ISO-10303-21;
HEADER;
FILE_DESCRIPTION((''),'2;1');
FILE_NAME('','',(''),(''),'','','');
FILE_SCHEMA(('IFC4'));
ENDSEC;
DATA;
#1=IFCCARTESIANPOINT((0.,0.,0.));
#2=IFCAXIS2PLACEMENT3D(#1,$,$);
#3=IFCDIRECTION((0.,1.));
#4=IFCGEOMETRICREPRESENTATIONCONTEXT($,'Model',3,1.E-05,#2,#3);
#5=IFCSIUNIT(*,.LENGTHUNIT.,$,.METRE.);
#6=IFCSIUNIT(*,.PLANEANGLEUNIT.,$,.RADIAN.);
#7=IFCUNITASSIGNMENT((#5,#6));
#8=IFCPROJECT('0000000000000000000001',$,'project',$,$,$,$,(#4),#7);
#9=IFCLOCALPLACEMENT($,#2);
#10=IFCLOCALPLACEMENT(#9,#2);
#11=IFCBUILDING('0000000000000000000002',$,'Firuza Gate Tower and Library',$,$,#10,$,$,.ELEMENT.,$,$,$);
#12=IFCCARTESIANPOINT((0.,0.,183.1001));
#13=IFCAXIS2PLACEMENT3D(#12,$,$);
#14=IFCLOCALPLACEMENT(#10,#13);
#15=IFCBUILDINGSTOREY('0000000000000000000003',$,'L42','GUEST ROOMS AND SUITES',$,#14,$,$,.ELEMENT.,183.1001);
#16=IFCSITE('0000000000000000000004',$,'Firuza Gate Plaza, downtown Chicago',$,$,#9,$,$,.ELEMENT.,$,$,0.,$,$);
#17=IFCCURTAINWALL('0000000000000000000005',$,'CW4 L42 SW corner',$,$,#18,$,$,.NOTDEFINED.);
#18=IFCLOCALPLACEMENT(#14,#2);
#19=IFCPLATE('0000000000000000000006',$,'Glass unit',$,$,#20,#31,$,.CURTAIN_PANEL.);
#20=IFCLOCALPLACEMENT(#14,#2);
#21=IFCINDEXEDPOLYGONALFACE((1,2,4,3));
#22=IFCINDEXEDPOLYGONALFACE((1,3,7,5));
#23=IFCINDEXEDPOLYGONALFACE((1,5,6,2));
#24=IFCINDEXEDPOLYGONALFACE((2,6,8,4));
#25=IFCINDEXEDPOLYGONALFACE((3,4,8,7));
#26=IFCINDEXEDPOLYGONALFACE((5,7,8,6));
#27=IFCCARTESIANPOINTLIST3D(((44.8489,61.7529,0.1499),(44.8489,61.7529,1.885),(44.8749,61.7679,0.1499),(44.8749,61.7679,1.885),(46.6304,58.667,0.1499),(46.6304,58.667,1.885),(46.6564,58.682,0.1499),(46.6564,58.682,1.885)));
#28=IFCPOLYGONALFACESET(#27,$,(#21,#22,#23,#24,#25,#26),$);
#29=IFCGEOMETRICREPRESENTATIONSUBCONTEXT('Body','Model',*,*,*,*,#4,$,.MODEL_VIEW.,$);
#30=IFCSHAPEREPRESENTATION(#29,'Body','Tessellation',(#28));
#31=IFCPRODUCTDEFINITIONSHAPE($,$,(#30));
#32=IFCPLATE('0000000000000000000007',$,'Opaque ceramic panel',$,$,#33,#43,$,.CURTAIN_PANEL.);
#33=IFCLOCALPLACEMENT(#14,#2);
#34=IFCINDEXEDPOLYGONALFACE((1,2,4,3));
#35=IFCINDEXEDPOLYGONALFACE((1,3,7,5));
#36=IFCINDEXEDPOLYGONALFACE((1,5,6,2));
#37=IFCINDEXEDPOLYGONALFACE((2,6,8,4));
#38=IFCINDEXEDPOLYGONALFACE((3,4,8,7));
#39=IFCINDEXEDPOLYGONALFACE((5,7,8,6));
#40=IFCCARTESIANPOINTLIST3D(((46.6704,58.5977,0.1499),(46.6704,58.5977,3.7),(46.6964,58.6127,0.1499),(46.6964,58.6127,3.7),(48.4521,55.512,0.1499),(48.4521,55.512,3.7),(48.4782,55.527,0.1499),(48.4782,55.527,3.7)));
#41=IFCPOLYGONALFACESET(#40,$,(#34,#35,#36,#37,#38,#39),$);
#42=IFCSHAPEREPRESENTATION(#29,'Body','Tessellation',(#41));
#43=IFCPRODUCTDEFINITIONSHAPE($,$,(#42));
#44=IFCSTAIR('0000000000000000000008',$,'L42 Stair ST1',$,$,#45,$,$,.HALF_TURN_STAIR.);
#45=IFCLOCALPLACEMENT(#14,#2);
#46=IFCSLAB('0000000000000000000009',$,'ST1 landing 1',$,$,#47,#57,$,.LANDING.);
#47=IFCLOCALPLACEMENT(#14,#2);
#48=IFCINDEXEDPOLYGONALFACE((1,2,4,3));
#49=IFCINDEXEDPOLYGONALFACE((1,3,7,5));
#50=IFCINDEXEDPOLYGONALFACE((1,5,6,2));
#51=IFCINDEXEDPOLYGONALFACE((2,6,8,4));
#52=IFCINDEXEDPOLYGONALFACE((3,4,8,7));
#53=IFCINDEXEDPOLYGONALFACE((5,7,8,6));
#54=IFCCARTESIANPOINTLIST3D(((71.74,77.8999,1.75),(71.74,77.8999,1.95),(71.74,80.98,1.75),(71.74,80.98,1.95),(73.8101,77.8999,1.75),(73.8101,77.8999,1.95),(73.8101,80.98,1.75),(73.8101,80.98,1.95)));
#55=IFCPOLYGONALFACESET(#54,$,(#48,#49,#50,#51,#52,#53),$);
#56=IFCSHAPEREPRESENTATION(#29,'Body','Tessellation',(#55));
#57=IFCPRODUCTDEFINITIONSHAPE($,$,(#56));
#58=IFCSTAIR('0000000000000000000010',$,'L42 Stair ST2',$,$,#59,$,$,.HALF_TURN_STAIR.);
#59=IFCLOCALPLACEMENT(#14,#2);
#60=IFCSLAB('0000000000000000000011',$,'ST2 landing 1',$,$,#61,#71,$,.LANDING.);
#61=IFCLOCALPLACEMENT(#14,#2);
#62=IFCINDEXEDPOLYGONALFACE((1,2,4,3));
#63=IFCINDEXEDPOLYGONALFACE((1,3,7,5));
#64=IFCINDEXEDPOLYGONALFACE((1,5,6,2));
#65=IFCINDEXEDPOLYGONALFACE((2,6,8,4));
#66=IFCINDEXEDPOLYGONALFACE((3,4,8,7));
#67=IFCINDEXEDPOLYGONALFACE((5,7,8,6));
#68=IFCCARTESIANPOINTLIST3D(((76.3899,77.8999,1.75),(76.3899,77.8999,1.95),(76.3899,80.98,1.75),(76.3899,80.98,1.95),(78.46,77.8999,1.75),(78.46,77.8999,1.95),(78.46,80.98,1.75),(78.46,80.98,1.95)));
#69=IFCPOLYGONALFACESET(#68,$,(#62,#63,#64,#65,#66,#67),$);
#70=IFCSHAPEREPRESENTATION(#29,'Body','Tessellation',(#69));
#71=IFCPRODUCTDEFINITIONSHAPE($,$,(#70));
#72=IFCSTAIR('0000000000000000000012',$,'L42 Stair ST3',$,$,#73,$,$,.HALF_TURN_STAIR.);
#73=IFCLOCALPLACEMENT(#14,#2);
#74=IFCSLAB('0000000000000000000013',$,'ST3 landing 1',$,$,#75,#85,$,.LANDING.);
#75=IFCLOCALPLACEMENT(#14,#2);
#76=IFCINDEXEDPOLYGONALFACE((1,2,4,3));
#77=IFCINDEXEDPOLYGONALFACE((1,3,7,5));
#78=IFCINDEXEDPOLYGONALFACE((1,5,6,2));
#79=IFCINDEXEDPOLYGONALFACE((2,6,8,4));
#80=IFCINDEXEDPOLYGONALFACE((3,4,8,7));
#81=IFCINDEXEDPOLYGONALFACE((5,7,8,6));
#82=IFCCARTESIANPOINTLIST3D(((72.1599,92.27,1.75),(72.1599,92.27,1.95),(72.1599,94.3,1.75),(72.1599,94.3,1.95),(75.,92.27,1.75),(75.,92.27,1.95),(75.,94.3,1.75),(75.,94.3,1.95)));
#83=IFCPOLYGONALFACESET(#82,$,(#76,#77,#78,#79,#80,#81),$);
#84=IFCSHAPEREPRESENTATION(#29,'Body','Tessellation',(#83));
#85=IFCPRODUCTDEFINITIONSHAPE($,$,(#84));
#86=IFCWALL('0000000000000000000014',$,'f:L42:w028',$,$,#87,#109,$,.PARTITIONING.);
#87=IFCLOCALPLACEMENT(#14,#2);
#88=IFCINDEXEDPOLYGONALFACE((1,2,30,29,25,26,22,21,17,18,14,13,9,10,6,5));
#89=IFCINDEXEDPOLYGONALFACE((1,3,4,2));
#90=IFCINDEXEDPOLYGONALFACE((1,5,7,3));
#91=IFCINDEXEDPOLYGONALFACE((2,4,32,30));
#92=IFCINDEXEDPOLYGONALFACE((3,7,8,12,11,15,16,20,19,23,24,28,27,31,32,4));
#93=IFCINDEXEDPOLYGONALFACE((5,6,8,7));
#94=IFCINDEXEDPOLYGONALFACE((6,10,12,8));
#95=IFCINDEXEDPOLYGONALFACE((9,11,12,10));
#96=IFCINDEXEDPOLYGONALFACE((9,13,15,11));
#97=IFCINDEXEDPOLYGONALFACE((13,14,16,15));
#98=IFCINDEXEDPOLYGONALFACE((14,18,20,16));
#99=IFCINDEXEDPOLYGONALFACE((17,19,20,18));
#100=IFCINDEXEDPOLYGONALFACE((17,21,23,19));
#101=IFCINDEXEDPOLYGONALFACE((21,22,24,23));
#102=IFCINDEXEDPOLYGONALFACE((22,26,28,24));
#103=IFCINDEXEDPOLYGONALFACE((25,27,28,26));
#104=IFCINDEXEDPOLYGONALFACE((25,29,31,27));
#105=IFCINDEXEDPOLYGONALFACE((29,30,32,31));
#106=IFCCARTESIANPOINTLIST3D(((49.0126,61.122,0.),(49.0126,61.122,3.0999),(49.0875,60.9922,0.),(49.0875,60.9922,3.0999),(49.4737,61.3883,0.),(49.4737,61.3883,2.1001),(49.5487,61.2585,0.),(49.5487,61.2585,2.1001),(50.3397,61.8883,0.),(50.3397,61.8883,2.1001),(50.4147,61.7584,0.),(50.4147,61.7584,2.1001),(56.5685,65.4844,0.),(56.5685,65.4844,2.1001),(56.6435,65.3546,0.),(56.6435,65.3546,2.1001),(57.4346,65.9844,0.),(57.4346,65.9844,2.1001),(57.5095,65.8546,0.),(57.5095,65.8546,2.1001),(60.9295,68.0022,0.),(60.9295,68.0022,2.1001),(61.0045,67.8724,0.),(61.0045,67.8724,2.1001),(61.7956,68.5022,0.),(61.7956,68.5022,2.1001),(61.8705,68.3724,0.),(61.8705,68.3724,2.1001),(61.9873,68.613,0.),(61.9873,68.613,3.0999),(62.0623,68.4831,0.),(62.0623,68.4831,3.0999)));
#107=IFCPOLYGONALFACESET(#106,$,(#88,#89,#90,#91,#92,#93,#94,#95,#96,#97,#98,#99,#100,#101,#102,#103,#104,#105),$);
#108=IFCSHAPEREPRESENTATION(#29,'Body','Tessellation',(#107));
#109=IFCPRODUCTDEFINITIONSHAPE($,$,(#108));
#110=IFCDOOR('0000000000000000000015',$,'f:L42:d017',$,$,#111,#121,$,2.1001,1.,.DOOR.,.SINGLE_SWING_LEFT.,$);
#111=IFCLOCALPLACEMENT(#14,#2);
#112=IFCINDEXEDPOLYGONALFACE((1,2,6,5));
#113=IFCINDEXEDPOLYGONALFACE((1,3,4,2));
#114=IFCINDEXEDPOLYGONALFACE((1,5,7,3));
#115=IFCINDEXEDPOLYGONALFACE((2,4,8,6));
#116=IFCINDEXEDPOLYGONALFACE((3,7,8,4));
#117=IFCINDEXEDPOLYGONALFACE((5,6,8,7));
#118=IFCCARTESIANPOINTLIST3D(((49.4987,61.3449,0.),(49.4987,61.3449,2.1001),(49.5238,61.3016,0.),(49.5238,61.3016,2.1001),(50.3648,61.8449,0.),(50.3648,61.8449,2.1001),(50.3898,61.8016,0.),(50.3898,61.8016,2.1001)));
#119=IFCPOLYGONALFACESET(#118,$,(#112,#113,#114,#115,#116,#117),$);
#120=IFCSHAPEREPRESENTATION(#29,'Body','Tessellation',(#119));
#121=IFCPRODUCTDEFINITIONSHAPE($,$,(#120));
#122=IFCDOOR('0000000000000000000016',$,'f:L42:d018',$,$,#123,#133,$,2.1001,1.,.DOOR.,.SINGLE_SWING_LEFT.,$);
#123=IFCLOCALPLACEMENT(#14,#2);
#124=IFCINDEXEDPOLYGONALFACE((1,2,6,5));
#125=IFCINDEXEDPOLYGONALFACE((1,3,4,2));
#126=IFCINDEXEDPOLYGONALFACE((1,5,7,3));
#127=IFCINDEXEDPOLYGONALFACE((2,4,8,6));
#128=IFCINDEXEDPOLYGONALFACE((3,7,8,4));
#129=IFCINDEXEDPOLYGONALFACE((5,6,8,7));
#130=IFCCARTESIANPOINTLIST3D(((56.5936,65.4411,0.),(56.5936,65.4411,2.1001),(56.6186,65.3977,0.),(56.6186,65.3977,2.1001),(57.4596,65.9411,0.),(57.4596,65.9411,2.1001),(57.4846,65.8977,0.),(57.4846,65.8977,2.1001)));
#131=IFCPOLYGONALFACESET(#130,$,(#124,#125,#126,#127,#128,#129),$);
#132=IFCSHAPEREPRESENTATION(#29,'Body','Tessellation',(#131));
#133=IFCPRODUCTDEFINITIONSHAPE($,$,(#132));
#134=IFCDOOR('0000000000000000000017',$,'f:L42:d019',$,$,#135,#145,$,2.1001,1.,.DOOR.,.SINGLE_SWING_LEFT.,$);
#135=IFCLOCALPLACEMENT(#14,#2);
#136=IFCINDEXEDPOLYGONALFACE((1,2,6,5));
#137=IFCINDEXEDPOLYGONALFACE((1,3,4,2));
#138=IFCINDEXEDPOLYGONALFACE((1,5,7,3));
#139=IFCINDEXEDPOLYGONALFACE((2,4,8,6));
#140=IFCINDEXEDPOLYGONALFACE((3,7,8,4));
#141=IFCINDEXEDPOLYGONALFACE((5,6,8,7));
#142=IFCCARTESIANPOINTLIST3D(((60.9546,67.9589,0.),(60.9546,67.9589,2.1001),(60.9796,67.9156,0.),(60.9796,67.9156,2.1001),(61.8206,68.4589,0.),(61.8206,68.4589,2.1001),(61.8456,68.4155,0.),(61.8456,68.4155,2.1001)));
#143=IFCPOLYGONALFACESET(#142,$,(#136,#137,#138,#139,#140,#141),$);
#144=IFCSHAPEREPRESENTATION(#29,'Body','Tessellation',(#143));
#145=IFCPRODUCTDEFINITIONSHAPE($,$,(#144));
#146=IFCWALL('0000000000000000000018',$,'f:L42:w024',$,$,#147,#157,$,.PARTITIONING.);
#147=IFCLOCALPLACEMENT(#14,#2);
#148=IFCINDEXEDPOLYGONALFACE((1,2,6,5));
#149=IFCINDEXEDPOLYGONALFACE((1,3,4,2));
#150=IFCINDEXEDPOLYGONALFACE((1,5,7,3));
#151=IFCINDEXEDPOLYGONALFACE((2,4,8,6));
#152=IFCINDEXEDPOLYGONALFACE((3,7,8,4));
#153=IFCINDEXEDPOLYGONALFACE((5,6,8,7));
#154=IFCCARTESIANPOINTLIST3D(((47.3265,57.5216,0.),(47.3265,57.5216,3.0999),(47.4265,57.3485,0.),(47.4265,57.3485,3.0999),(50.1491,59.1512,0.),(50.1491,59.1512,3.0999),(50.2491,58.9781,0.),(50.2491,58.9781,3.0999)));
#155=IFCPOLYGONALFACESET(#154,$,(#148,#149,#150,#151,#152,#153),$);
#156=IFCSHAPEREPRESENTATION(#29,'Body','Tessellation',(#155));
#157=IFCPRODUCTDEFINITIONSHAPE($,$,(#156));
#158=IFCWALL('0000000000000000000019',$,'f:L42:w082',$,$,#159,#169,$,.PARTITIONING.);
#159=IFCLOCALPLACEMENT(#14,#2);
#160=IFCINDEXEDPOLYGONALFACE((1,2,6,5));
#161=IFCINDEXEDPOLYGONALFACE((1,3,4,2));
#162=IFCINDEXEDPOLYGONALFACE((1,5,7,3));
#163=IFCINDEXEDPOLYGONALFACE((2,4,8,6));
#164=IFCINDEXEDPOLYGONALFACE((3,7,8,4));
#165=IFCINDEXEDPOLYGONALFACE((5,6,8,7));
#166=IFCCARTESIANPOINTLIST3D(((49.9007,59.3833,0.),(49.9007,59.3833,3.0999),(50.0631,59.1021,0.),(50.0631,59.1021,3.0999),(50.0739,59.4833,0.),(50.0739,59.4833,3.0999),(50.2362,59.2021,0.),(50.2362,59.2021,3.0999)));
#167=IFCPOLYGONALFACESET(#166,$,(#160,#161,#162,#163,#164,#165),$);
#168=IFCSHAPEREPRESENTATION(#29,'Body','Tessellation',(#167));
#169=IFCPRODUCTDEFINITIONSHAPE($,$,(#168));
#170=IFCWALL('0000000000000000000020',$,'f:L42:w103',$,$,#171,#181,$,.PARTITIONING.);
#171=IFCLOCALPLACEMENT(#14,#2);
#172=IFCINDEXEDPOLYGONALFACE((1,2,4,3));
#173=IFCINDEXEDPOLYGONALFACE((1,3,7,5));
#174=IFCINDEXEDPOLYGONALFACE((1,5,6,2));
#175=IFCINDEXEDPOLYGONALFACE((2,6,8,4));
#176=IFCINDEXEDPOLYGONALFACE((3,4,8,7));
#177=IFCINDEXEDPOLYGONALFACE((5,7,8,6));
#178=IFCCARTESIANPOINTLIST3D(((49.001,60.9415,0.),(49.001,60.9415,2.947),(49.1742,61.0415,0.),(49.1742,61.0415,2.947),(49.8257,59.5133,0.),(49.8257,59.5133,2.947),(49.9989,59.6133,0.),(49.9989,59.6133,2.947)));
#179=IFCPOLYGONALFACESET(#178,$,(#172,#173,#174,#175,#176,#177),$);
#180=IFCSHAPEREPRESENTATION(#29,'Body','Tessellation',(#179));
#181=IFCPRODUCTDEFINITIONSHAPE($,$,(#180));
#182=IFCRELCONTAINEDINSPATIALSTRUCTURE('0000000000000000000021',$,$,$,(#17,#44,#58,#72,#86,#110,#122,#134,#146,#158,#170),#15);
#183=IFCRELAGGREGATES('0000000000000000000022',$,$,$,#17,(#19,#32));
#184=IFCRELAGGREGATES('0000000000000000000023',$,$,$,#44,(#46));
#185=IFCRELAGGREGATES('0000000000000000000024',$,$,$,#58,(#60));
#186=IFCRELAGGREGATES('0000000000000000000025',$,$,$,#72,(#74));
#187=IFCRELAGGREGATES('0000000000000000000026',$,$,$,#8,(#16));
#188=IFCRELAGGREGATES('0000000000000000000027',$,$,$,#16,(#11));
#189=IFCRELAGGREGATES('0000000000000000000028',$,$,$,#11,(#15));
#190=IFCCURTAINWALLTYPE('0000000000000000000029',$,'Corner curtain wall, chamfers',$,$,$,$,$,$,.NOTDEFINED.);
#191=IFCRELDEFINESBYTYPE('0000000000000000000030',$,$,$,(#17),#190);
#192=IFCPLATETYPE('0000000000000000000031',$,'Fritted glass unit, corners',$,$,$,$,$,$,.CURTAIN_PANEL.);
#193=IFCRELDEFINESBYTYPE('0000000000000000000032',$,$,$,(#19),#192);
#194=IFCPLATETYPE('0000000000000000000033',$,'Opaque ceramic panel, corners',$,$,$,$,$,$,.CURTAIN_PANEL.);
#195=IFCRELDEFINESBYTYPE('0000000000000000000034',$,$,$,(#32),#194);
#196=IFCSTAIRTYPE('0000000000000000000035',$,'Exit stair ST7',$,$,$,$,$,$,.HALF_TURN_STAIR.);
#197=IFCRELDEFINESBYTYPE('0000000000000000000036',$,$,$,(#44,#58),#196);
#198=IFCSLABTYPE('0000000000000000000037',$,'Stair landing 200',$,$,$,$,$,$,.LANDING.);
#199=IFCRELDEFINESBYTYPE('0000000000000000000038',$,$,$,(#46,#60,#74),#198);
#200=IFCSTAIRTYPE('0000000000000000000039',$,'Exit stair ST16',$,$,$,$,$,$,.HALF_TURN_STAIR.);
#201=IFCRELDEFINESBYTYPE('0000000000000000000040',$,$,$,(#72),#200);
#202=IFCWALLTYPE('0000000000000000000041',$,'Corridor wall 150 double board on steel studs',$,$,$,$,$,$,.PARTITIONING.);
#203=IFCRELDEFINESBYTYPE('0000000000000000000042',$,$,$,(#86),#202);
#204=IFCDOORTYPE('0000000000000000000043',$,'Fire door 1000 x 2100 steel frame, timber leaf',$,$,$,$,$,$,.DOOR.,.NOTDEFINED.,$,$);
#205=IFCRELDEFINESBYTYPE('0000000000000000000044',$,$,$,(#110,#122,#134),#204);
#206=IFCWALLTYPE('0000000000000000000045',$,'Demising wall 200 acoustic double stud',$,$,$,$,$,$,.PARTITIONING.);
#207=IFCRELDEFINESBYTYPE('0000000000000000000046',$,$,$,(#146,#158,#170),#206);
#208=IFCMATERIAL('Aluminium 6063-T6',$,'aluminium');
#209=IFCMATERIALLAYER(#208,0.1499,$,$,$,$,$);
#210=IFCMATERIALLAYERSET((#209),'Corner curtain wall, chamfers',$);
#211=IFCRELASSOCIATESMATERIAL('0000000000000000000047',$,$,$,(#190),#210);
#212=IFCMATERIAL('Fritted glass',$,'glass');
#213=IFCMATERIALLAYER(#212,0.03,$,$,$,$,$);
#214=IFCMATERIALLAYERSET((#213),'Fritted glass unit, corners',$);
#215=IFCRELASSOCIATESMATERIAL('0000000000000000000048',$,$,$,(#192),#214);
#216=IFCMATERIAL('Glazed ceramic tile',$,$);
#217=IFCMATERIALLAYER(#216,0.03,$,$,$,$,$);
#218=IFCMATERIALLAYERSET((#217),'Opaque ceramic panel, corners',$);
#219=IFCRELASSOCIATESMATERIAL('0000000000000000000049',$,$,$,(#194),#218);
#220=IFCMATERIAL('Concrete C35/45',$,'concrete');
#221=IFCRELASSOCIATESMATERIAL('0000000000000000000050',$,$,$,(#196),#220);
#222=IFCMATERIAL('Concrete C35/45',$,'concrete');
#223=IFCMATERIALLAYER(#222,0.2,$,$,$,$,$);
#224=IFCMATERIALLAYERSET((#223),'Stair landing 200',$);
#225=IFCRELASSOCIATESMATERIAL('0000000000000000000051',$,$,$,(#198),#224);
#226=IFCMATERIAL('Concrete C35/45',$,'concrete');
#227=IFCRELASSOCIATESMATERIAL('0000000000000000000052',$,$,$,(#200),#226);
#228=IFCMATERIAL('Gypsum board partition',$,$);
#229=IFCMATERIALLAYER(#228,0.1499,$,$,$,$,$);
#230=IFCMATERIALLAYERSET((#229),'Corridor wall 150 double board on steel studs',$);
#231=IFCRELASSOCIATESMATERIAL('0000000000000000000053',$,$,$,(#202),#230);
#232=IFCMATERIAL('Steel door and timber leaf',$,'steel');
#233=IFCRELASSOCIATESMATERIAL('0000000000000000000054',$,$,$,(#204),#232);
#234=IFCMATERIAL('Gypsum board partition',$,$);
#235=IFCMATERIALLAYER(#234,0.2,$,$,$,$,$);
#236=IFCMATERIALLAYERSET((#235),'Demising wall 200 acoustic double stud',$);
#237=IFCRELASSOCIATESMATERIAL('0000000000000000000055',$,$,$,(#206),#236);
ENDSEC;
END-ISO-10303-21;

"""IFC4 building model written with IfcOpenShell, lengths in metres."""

from ifc_helpers import new_model, si_unit, direction, frame, frame_2d, origin, place, context, subcontext, project, spatial, polyline, rectangle, outline, extrude, material, layer, layer_set, type_object, element, fill, aggregate, save


model = new_model("IFC4")

# Units and contexts
model_context = context("Model", 3, precision=1e-05, world=origin(), true_north=direction((0.0, 1.0)))
body_context = subcontext(model_context, "Body", "Model", "MODEL_VIEW")
ifc_project = project(units=[si_unit("LENGTHUNIT", "METRE"), si_unit("PLANEANGLEUNIT", "RADIAN")], contexts=[model_context])

# Site, building, storey
site_placement = place(None, origin())
site = spatial("IfcSite", under=ifc_project, at=site_placement, Name="Firuza Gate Plaza, downtown Chicago", CompositionType="ELEMENT", RefElevation=0.0)
building_placement = place(site_placement, origin())
building = spatial("IfcBuilding", under=site, at=building_placement, Name="Firuza Gate Tower and Library", CompositionType="ELEMENT")
storey_placement = place(building_placement, frame((0.0, 0.0, 183.1001)))
storey = spatial("IfcBuildingStorey", under=building, at=storey_placement, Name="L42", Description="GUEST ROOMS AND SUITES", CompositionType="ELEMENT", Elevation=183.1001)

# Curtain wall
ifc_material_1 = material(Name="Aluminium 6063-T6", Category="aluminium")
ifc_layer_1 = layer(ifc_material_1, 0.1499)
ifc_layer_set_1 = layer_set([ifc_layer_1], Name="Corner curtain wall, chamfers")
curtain_wall_type = type_object("IfcCurtainWallType", Name="Corner curtain wall, chamfers", PredefinedType="NOTDEFINED", material=ifc_layer_set_1)
placement_1 = place(storey_placement, origin())
curtain_wall = element("IfcCurtainWall", 1, at=placement_1, inside=storey, type_object=curtain_wall_type, Name="CW4 L42 SW corner", PredefinedType="NOTDEFINED")

# Plates
ifc_material_2 = material(Name="Fritted glass", Category="glass")
ifc_layer_2 = layer(ifc_material_2, 0.03)
ifc_layer_set_2 = layer_set([ifc_layer_2], Name="Fritted glass unit, corners")
plate_type_1 = type_object("IfcPlateType", Name="Fritted glass unit, corners", PredefinedType="CURTAIN_PANEL", material=ifc_layer_set_2)
plate_1_placement = place(storey_placement, frame((44.8489, 61.7529, 0.1499), z_axis=(-0.866046, -0.499964, 0.0), x_axis=(0.499964, -0.866046, 0.0)))
plate_1 = element("IfcPlate", 2, at=plate_1_placement, type_object=plate_type_1, Name="Glass unit", PredefinedType="CURTAIN_PANEL", context=body_context, shape_type="SweptSolid", body=[
    extrude(outline(polyline([(0.0, 0.0), (3.5632, 0.0), (3.5632, 1.7351), (0.0, 1.7351), (0.0, 0.0)])), origin(), (0.0, 0.0, -1.0), 0.03),
])
ifc_material_3 = material(Name="Glazed ceramic tile")
ifc_layer_3 = layer(ifc_material_3, 0.03)
ifc_layer_set_3 = layer_set([ifc_layer_3], Name="Opaque ceramic panel, corners")
plate_type_2 = type_object("IfcPlateType", Name="Opaque ceramic panel, corners", PredefinedType="CURTAIN_PANEL", material=ifc_layer_set_3)
plate_2_placement = place(storey_placement, frame((46.6704, 58.5977, 0.1499), z_axis=(-0.866, -0.500045, 0.0), x_axis=(0.500045, -0.866, 0.0)))
plate_2 = element("IfcPlate", 3, at=plate_2_placement, type_object=plate_type_2, Name="Opaque ceramic panel", PredefinedType="CURTAIN_PANEL", context=body_context, shape_type="SweptSolid", body=[
    extrude(outline(polyline([(0.0, 0.0), (3.5632, 0.0), (3.5632, 3.55), (0.0, 3.55), (0.0, 0.0)])), origin(), (0.0, 0.0, -1.0), 0.03),
])
aggregate(curtain_wall, [plate_1, plate_2])

# Stairs, slabs
ifc_material_4 = material(Name="Concrete C35/45", Category="concrete")
stair_type_1 = type_object("IfcStairType", Name="Exit stair ST7", PredefinedType="HALF_TURN_STAIR", material=ifc_material_4)
stair_1 = element("IfcStair", 4, at=placement_1, inside=storey, type_object=stair_type_1, Name="L42 Stair ST1", PredefinedType="HALF_TURN_STAIR")
ifc_material_5 = material(Name="Concrete C35/45", Category="concrete")
ifc_layer_4 = layer(ifc_material_5, 0.2)
ifc_layer_set_4 = layer_set([ifc_layer_4], Name="Stair landing 200")
slab_type_1 = type_object("IfcSlabType", Name="Stair landing 200", PredefinedType="LANDING", material=ifc_layer_set_4)
placement_2 = place(storey_placement, frame((0.0, 0.0, 1.75)))
slab_1 = element("IfcSlab", 5, at=placement_2, type_object=slab_type_1, Name="ST1 landing 1", PredefinedType="LANDING", context=body_context, shape_type="SweptSolid", body=[
    extrude(outline(polyline([(71.74, 77.8999), (73.8101, 77.8999), (73.8101, 80.98), (71.74, 80.98), (71.74, 77.8999)])), origin(), (0.0, 0.0, 1.0), 0.2),
])
aggregate(stair_1, [slab_1])
stair_2 = element("IfcStair", 6, at=placement_1, inside=storey, type_object=stair_type_1, Name="L42 Stair ST2", PredefinedType="HALF_TURN_STAIR")
slab_2 = element("IfcSlab", 7, at=placement_2, type_object=slab_type_1, Name="ST2 landing 1", PredefinedType="LANDING", context=body_context, shape_type="SweptSolid", body=[
    extrude(outline(polyline([(78.46, 80.98), (76.3899, 80.98), (76.3899, 77.8999), (78.46, 77.8999), (78.46, 80.98)])), origin(), (0.0, 0.0, 1.0), 0.2),
])
aggregate(stair_2, [slab_2])
ifc_material_6 = material(Name="Concrete C35/45", Category="concrete")
stair_type_2 = type_object("IfcStairType", Name="Exit stair ST16", PredefinedType="HALF_TURN_STAIR", material=ifc_material_6)
stair_3 = element("IfcStair", 8, at=placement_1, inside=storey, type_object=stair_type_2, Name="L42 Stair ST3", PredefinedType="HALF_TURN_STAIR")
slab_3 = element("IfcSlab", 9, at=placement_2, type_object=slab_type_1, Name="ST3 landing 1", PredefinedType="LANDING", context=body_context, shape_type="SweptSolid", body=[
    extrude(outline(polyline([(75.0, 92.27), (75.0, 94.3), (72.1599, 94.3), (72.1599, 92.27), (75.0, 92.27)])), origin(), (0.0, 0.0, 1.0), 0.2),
])
aggregate(stair_3, [slab_3])

# Wall, openings, doors
ifc_material_7 = material(Name="Gypsum board partition")
ifc_layer_5 = layer(ifc_material_7, 0.1499)
ifc_layer_set_5 = layer_set([ifc_layer_5], Name="Corridor wall 150 double board on steel studs")
wall_type_1 = type_object("IfcWallType", Name="Corridor wall 150 double board on steel studs", PredefinedType="PARTITIONING", material=ifc_layer_set_5)
wall_1_placement = place(storey_placement, frame((49.05, 61.0571, 0.0), z_axis=(0.0, 0.0, 1.0), x_axis=(0.866027, 0.499997, 0.0)))
wall_1 = element("IfcWall", 10, at=wall_1_placement, inside=storey, type_object=wall_type_1, Name="f:L42:w028", PredefinedType="PARTITIONING", context=body_context, shape_type="SweptSolid", body=[
    extrude(rectangle(XDim=14.9819, YDim=0.1499, at=frame_2d((7.491, 0.0))), origin(), (0.0, 0.0, 1.0), 3.0999),
])
opening_1_placement = place(wall_1_placement, frame((0.5325, 0.0, 0.0)))
opening_1 = element("IfcOpeningElement", 11, at=opening_1_placement, cuts=wall_1, PredefinedType="OPENING", context=body_context, shape_type="SweptSolid", body=[
    extrude(rectangle(XDim=1.0, YDim=2.1001, at=frame_2d((0.5, 1.05))), frame((0.0, 0.085, 0.0), z_axis=(0.0, -1.0, 0.0), x_axis=(1.0, 0.0, 0.0)), (0.0, 0.0, 1.0), 0.1699),
])
opening_2_placement = place(wall_1_placement, frame((8.7249, 0.0, 0.0)))
opening_2 = element("IfcOpeningElement", 12, at=opening_2_placement, cuts=wall_1, PredefinedType="OPENING", context=body_context, shape_type="SweptSolid", body=[
    extrude(rectangle(XDim=1.0, YDim=2.1001, at=frame_2d((0.5, 1.05))), frame((0.0, 0.085, 0.0), z_axis=(0.0, -1.0, 0.0), x_axis=(1.0, 0.0, 0.0)), (0.0, 0.0, 1.0), 0.1699),
])
opening_3_placement = place(wall_1_placement, frame((13.7605, 0.0, 0.0)))
opening_3 = element("IfcOpeningElement", 13, at=opening_3_placement, cuts=wall_1, PredefinedType="OPENING", context=body_context, shape_type="SweptSolid", body=[
    extrude(rectangle(XDim=1.0, YDim=2.1001, at=frame_2d((0.5, 1.05))), frame((0.0, 0.085, 0.0), z_axis=(0.0, -1.0, 0.0), x_axis=(1.0, 0.0, 0.0)), (0.0, 0.0, 1.0), 0.1699),
])
ifc_material_8 = material(Name="Steel door and timber leaf", Category="steel")
door_type = type_object("IfcDoorType", Name="Fire door 1000 x 2100 steel frame, timber leaf", OperationType="NOTDEFINED", PredefinedType="DOOR", material=ifc_material_8)
door_1_placement = place(opening_1_placement, origin())
door_1 = element("IfcDoor", 14, at=door_1_placement, inside=storey, type_object=door_type, Name="f:L42:d017", OperationType="SINGLE_SWING_LEFT", OverallHeight=2.1001, OverallWidth=1.0, PredefinedType="DOOR", context=body_context, shape_type="SweptSolid", body=[
    extrude(rectangle(XDim=1.0, YDim=2.1001, at=frame_2d((0.5, 1.05))), frame((0.0, 0.0249, 0.0), z_axis=(0.0, -1.0, 0.0), x_axis=(1.0, 0.0, 0.0)), (0.0, 0.0, 1.0), 0.05),
])
fill(opening_1, door_1)
door_2_placement = place(opening_2_placement, origin())
door_2 = element("IfcDoor", 15, at=door_2_placement, inside=storey, type_object=door_type, Name="f:L42:d018", OperationType="SINGLE_SWING_LEFT", OverallHeight=2.1001, OverallWidth=1.0, PredefinedType="DOOR", context=body_context, shape_type="SweptSolid", body=[
    extrude(rectangle(XDim=1.0, YDim=2.1001, at=frame_2d((0.5, 1.05))), frame((0.0, 0.0249, 0.0), z_axis=(0.0, -1.0, 0.0), x_axis=(1.0, 0.0, 0.0)), (0.0, 0.0, 1.0), 0.05),
])
fill(opening_2, door_2)
door_3_placement = place(opening_3_placement, origin())
door_3 = element("IfcDoor", 16, at=door_3_placement, inside=storey, type_object=door_type, Name="f:L42:d019", OperationType="SINGLE_SWING_LEFT", OverallHeight=2.1001, OverallWidth=1.0, PredefinedType="DOOR", context=body_context, shape_type="SweptSolid", body=[
    extrude(rectangle(XDim=1.0, YDim=2.1001, at=frame_2d((0.5, 1.05))), frame((0.0, 0.0249, 0.0), z_axis=(0.0, -1.0, 0.0), x_axis=(1.0, 0.0, 0.0)), (0.0, 0.0, 1.0), 0.05),
])
fill(opening_3, door_3)

# Walls
ifc_material_9 = material(Name="Gypsum board partition")
ifc_layer_6 = layer(ifc_material_9, 0.2)
ifc_layer_set_6 = layer_set([ifc_layer_6], Name="Demising wall 200 acoustic double stud")
wall_type_2 = type_object("IfcWallType", Name="Demising wall 200 acoustic double stud", PredefinedType="PARTITIONING", material=ifc_layer_set_6)
wall_2_placement = place(storey_placement, frame((47.3765, 57.4351, 0.0), z_axis=(0.0, 0.0, 1.0), x_axis=(0.866036, 0.499982, 0.0)))
element("IfcWall", 17, at=wall_2_placement, inside=storey, type_object=wall_type_2, Name="f:L42:w024", PredefinedType="PARTITIONING", context=body_context, shape_type="SweptSolid", body=[
    extrude(rectangle(XDim=3.2593, YDim=0.2, at=frame_2d((1.6296, 0.0))), origin(), (0.0, 0.0, 1.0), 3.0999),
])
wall_3_placement = place(storey_placement, frame((50.1497, 59.1521, 0.0), z_axis=(0.0, 0.0, 1.0), x_axis=(-0.499939, 0.86606, 0.0)))
element("IfcWall", 18, at=wall_3_placement, inside=storey, type_object=wall_type_2, Name="f:L42:w082", PredefinedType="PARTITIONING", context=body_context, shape_type="SweptSolid", body=[
    extrude(rectangle(XDim=0.3247, YDim=0.2, at=frame_2d((0.1624, 0.0))), origin(), (0.0, 0.0, 1.0), 3.0999),
])
wall_4_placement = place(storey_placement, frame((49.9124, 59.5632, 0.0), z_axis=(0.0, 0.0, 1.0), x_axis=(-0.500056, 0.865993, 0.0)))
element("IfcWall", 19, at=wall_4_placement, inside=storey, type_object=wall_type_2, Name="f:L42:w103", PredefinedType="PARTITIONING", context=body_context, shape_type="SweptSolid", body=[
    extrude(rectangle(XDim=1.6492, YDim=0.2, at=frame_2d((0.8247, 0.0))), origin(), (0.0, 0.0, 1.0), 2.947),
])

save(model, "model.ifc")
